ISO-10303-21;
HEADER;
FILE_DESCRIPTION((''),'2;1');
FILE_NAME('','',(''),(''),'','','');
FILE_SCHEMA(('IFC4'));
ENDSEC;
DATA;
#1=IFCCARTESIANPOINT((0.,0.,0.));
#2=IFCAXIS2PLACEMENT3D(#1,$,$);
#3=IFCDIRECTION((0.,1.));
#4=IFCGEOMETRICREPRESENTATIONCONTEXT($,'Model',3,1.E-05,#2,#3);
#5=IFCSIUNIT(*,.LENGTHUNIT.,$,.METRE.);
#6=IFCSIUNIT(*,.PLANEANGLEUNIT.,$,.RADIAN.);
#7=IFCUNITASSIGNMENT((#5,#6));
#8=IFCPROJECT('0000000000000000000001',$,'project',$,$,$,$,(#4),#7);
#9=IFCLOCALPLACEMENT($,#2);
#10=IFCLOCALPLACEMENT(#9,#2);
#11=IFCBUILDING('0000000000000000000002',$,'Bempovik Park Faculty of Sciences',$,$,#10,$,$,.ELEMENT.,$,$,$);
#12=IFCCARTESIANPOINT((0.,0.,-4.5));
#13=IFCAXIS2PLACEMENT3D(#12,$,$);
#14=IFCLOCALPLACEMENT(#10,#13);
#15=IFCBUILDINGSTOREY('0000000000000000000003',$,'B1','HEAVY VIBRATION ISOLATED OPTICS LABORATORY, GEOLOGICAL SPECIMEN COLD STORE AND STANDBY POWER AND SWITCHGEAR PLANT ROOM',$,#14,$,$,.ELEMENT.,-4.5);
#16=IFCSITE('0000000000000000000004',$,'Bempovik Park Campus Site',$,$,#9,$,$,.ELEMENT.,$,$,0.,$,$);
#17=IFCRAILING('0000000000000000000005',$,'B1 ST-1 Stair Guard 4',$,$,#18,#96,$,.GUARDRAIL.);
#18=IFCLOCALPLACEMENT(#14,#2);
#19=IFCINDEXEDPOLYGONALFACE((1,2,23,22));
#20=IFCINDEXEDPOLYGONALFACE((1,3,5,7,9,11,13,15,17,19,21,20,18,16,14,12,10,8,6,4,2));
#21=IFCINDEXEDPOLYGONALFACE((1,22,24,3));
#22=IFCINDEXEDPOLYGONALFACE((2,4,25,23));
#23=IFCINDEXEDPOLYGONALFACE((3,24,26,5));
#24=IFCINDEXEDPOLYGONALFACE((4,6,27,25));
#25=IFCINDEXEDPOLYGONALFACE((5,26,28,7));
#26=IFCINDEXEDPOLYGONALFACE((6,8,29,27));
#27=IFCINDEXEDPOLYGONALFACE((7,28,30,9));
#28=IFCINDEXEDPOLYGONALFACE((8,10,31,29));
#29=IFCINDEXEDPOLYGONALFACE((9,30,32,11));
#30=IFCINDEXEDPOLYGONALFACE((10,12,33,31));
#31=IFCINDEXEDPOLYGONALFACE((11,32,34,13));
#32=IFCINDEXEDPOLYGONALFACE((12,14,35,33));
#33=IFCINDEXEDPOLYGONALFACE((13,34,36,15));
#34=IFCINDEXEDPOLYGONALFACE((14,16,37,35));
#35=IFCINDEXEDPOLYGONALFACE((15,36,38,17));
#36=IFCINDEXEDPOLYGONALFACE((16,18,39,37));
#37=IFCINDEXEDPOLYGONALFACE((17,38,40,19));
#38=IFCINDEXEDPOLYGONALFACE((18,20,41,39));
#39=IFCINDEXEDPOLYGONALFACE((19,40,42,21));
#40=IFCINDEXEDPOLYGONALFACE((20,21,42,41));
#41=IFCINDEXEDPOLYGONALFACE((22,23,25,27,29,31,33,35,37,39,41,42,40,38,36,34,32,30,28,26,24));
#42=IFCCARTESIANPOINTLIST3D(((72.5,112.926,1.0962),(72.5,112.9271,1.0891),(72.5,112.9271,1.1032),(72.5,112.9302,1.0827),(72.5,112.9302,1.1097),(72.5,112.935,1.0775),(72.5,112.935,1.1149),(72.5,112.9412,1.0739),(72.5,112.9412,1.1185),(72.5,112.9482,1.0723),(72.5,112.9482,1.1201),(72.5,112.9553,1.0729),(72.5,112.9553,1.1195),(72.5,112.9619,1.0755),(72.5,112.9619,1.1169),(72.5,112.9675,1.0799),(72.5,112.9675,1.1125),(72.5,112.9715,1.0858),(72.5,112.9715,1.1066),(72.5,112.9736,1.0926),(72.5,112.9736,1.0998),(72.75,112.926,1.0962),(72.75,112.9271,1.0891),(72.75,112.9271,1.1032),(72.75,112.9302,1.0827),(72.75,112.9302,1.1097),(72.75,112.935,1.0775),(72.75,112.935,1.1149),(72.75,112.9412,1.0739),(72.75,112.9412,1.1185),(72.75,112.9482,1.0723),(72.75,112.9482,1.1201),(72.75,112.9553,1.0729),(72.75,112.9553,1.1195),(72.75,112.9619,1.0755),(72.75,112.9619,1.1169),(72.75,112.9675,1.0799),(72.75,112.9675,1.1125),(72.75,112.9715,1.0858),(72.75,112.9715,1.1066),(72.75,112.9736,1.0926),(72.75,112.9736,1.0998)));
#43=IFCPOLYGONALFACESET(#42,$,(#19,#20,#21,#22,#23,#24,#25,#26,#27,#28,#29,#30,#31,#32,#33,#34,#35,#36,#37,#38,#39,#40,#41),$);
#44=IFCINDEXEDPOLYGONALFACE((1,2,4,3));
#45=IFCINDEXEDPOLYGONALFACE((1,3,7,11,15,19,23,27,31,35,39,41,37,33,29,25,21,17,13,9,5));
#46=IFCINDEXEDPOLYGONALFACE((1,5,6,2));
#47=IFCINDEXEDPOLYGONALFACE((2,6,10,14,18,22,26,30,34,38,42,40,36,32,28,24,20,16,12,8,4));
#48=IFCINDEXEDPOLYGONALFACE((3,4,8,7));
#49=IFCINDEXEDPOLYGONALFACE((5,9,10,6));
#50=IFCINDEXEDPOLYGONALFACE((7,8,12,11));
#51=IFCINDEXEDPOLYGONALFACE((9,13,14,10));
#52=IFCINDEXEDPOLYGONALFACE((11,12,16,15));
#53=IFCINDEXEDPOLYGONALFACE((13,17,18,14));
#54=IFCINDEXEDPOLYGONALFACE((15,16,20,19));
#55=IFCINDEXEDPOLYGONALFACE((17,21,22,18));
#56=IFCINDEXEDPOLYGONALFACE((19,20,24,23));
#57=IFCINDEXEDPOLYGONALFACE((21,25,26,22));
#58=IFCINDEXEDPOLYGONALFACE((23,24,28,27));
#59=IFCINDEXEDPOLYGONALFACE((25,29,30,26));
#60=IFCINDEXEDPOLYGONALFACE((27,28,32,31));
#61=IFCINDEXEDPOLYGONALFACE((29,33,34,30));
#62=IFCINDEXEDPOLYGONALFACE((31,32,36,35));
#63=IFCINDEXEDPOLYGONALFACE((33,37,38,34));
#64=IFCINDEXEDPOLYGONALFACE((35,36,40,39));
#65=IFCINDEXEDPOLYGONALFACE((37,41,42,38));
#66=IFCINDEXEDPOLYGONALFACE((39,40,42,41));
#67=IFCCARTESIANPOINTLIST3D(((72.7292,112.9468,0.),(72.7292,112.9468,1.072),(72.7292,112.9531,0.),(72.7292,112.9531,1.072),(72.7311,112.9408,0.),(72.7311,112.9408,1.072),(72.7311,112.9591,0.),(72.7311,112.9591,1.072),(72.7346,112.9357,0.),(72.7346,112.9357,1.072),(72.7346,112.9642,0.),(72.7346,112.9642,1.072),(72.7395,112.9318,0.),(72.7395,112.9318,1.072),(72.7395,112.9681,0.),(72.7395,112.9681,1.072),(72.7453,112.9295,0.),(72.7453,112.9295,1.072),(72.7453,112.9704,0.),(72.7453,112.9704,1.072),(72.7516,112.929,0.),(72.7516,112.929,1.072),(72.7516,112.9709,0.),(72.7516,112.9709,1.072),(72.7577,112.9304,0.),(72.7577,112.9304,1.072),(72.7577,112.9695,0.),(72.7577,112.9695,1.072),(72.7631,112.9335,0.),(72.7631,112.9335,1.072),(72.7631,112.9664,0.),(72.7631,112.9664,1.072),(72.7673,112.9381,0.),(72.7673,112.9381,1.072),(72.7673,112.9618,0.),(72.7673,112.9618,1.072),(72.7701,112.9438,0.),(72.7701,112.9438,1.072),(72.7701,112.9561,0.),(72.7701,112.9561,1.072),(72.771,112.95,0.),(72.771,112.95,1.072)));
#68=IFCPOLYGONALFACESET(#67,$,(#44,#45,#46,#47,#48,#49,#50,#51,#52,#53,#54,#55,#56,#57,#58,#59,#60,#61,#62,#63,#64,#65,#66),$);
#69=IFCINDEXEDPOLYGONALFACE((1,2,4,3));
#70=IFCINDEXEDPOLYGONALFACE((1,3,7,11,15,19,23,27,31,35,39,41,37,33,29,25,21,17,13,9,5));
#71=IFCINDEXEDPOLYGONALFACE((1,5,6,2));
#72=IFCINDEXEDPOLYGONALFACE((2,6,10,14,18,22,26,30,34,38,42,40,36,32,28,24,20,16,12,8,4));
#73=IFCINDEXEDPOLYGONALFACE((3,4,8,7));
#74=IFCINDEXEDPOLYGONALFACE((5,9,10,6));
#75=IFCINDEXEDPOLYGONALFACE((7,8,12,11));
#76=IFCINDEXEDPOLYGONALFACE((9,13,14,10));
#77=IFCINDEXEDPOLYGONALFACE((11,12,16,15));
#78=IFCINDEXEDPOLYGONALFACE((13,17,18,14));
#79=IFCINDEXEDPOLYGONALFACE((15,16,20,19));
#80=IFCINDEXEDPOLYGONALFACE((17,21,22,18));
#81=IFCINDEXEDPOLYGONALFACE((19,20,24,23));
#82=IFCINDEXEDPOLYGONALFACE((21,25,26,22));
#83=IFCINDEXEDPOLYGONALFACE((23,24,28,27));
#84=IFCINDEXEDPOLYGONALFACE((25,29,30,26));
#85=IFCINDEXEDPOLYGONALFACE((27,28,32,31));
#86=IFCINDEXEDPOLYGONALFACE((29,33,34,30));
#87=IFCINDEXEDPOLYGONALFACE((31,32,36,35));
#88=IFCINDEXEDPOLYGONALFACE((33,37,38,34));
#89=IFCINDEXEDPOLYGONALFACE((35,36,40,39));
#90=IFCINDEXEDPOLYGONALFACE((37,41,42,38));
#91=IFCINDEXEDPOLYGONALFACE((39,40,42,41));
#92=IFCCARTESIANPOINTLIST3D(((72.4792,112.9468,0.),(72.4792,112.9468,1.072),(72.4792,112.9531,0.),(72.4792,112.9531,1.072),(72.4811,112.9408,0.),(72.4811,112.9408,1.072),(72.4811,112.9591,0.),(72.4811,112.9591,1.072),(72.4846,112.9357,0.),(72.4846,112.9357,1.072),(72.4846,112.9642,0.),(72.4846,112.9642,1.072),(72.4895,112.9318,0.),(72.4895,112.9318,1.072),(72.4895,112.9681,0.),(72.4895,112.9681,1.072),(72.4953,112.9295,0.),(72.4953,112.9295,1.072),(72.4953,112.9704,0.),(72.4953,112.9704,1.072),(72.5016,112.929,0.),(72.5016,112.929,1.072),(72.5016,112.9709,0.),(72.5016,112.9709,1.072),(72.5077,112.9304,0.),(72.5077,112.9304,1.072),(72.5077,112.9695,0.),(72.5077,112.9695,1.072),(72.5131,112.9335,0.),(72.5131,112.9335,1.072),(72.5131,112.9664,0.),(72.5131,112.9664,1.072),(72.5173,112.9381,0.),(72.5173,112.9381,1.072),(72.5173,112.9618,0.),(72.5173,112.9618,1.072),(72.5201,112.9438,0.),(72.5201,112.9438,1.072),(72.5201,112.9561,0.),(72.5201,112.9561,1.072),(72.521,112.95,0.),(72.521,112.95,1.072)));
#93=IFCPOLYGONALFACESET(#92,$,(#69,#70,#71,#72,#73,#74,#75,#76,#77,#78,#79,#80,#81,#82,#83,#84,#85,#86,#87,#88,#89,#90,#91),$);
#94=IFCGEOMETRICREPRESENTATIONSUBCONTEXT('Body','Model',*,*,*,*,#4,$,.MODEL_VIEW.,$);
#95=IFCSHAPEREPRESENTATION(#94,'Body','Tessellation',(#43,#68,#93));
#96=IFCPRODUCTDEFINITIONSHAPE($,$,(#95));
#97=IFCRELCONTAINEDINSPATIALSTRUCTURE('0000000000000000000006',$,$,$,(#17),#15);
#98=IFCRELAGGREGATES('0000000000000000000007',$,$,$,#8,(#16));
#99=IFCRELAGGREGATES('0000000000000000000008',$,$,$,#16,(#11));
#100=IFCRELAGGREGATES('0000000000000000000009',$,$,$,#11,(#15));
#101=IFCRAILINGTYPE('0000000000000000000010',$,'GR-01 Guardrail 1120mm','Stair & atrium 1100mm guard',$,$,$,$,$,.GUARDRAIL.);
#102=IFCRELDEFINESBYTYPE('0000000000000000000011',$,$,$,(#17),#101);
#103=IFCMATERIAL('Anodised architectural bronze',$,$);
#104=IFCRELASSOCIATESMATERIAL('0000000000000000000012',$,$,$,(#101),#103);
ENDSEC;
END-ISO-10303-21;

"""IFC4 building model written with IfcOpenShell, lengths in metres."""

from ifc_helpers import new_model, si_unit, direction, frame, origin, origin_2d, place, context, subcontext, project, spatial, circle, extrude, material, type_object, element, save


model = new_model("IFC4")

# Units and contexts
model_context = context("Model", 3, precision=1e-05, world=origin(), true_north=direction((0.0, 1.0)))
body_context = subcontext(model_context, "Body", "Model", "MODEL_VIEW")
ifc_project = project(units=[si_unit("LENGTHUNIT", "METRE"), si_unit("PLANEANGLEUNIT", "RADIAN")], contexts=[model_context])

# Site, building, storey
site_placement = place(None, origin())
site = spatial("IfcSite", under=ifc_project, at=site_placement, Name="Bempovik Park Campus Site", CompositionType="ELEMENT", RefElevation=0.0)
building_placement = place(site_placement, origin())
building = spatial("IfcBuilding", under=site, at=building_placement, Name="Bempovik Park Faculty of Sciences", CompositionType="ELEMENT")
storey_placement = place(building_placement, frame((0.0, 0.0, -4.5)))
storey = spatial("IfcBuildingStorey", under=building, at=storey_placement, Name="B1", Description="HEAVY VIBRATION ISOLATED OPTICS LABORATORY, GEOLOGICAL SPECIMEN COLD STORE AND STANDBY POWER AND SWITCHGEAR PLANT ROOM", CompositionType="ELEMENT", Elevation=-4.5)

# Railing
ifc_material_1 = material(Name="Anodised architectural bronze")
railing_type = type_object("IfcRailingType", Name="GR-01 Guardrail 1120mm", Description="Stair & atrium 1100mm guard", PredefinedType="GUARDRAIL", material=ifc_material_1)
railing_1_placement = place(storey_placement, frame((72.75, 112.95, 0.0)))
element("IfcRailing", 1, at=railing_1_placement, inside=storey, type_object=railing_type, Name="B1 ST-1 Stair Guard 4", PredefinedType="GUARDRAIL", context=body_context, shape_type="SweptSolid", body=[
    extrude(circle(Radius=0.0239, at=origin_2d()), frame((0.0, 0.0, 1.0962), z_axis=(-1.0, 0.0, 0.0), x_axis=(0.0, -1.0, 0.0)), (0.0, 0.0, 1.0), 0.25),
    extrude(circle(Radius=0.021, at=origin_2d()), origin(), (0.0, 0.0, 1.0), 1.072),
    extrude(circle(Radius=0.021, at=origin_2d()), frame((-0.25, 0.0, 0.0)), (0.0, 0.0, 1.0), 1.072),
])

save(model, "model.ifc")
